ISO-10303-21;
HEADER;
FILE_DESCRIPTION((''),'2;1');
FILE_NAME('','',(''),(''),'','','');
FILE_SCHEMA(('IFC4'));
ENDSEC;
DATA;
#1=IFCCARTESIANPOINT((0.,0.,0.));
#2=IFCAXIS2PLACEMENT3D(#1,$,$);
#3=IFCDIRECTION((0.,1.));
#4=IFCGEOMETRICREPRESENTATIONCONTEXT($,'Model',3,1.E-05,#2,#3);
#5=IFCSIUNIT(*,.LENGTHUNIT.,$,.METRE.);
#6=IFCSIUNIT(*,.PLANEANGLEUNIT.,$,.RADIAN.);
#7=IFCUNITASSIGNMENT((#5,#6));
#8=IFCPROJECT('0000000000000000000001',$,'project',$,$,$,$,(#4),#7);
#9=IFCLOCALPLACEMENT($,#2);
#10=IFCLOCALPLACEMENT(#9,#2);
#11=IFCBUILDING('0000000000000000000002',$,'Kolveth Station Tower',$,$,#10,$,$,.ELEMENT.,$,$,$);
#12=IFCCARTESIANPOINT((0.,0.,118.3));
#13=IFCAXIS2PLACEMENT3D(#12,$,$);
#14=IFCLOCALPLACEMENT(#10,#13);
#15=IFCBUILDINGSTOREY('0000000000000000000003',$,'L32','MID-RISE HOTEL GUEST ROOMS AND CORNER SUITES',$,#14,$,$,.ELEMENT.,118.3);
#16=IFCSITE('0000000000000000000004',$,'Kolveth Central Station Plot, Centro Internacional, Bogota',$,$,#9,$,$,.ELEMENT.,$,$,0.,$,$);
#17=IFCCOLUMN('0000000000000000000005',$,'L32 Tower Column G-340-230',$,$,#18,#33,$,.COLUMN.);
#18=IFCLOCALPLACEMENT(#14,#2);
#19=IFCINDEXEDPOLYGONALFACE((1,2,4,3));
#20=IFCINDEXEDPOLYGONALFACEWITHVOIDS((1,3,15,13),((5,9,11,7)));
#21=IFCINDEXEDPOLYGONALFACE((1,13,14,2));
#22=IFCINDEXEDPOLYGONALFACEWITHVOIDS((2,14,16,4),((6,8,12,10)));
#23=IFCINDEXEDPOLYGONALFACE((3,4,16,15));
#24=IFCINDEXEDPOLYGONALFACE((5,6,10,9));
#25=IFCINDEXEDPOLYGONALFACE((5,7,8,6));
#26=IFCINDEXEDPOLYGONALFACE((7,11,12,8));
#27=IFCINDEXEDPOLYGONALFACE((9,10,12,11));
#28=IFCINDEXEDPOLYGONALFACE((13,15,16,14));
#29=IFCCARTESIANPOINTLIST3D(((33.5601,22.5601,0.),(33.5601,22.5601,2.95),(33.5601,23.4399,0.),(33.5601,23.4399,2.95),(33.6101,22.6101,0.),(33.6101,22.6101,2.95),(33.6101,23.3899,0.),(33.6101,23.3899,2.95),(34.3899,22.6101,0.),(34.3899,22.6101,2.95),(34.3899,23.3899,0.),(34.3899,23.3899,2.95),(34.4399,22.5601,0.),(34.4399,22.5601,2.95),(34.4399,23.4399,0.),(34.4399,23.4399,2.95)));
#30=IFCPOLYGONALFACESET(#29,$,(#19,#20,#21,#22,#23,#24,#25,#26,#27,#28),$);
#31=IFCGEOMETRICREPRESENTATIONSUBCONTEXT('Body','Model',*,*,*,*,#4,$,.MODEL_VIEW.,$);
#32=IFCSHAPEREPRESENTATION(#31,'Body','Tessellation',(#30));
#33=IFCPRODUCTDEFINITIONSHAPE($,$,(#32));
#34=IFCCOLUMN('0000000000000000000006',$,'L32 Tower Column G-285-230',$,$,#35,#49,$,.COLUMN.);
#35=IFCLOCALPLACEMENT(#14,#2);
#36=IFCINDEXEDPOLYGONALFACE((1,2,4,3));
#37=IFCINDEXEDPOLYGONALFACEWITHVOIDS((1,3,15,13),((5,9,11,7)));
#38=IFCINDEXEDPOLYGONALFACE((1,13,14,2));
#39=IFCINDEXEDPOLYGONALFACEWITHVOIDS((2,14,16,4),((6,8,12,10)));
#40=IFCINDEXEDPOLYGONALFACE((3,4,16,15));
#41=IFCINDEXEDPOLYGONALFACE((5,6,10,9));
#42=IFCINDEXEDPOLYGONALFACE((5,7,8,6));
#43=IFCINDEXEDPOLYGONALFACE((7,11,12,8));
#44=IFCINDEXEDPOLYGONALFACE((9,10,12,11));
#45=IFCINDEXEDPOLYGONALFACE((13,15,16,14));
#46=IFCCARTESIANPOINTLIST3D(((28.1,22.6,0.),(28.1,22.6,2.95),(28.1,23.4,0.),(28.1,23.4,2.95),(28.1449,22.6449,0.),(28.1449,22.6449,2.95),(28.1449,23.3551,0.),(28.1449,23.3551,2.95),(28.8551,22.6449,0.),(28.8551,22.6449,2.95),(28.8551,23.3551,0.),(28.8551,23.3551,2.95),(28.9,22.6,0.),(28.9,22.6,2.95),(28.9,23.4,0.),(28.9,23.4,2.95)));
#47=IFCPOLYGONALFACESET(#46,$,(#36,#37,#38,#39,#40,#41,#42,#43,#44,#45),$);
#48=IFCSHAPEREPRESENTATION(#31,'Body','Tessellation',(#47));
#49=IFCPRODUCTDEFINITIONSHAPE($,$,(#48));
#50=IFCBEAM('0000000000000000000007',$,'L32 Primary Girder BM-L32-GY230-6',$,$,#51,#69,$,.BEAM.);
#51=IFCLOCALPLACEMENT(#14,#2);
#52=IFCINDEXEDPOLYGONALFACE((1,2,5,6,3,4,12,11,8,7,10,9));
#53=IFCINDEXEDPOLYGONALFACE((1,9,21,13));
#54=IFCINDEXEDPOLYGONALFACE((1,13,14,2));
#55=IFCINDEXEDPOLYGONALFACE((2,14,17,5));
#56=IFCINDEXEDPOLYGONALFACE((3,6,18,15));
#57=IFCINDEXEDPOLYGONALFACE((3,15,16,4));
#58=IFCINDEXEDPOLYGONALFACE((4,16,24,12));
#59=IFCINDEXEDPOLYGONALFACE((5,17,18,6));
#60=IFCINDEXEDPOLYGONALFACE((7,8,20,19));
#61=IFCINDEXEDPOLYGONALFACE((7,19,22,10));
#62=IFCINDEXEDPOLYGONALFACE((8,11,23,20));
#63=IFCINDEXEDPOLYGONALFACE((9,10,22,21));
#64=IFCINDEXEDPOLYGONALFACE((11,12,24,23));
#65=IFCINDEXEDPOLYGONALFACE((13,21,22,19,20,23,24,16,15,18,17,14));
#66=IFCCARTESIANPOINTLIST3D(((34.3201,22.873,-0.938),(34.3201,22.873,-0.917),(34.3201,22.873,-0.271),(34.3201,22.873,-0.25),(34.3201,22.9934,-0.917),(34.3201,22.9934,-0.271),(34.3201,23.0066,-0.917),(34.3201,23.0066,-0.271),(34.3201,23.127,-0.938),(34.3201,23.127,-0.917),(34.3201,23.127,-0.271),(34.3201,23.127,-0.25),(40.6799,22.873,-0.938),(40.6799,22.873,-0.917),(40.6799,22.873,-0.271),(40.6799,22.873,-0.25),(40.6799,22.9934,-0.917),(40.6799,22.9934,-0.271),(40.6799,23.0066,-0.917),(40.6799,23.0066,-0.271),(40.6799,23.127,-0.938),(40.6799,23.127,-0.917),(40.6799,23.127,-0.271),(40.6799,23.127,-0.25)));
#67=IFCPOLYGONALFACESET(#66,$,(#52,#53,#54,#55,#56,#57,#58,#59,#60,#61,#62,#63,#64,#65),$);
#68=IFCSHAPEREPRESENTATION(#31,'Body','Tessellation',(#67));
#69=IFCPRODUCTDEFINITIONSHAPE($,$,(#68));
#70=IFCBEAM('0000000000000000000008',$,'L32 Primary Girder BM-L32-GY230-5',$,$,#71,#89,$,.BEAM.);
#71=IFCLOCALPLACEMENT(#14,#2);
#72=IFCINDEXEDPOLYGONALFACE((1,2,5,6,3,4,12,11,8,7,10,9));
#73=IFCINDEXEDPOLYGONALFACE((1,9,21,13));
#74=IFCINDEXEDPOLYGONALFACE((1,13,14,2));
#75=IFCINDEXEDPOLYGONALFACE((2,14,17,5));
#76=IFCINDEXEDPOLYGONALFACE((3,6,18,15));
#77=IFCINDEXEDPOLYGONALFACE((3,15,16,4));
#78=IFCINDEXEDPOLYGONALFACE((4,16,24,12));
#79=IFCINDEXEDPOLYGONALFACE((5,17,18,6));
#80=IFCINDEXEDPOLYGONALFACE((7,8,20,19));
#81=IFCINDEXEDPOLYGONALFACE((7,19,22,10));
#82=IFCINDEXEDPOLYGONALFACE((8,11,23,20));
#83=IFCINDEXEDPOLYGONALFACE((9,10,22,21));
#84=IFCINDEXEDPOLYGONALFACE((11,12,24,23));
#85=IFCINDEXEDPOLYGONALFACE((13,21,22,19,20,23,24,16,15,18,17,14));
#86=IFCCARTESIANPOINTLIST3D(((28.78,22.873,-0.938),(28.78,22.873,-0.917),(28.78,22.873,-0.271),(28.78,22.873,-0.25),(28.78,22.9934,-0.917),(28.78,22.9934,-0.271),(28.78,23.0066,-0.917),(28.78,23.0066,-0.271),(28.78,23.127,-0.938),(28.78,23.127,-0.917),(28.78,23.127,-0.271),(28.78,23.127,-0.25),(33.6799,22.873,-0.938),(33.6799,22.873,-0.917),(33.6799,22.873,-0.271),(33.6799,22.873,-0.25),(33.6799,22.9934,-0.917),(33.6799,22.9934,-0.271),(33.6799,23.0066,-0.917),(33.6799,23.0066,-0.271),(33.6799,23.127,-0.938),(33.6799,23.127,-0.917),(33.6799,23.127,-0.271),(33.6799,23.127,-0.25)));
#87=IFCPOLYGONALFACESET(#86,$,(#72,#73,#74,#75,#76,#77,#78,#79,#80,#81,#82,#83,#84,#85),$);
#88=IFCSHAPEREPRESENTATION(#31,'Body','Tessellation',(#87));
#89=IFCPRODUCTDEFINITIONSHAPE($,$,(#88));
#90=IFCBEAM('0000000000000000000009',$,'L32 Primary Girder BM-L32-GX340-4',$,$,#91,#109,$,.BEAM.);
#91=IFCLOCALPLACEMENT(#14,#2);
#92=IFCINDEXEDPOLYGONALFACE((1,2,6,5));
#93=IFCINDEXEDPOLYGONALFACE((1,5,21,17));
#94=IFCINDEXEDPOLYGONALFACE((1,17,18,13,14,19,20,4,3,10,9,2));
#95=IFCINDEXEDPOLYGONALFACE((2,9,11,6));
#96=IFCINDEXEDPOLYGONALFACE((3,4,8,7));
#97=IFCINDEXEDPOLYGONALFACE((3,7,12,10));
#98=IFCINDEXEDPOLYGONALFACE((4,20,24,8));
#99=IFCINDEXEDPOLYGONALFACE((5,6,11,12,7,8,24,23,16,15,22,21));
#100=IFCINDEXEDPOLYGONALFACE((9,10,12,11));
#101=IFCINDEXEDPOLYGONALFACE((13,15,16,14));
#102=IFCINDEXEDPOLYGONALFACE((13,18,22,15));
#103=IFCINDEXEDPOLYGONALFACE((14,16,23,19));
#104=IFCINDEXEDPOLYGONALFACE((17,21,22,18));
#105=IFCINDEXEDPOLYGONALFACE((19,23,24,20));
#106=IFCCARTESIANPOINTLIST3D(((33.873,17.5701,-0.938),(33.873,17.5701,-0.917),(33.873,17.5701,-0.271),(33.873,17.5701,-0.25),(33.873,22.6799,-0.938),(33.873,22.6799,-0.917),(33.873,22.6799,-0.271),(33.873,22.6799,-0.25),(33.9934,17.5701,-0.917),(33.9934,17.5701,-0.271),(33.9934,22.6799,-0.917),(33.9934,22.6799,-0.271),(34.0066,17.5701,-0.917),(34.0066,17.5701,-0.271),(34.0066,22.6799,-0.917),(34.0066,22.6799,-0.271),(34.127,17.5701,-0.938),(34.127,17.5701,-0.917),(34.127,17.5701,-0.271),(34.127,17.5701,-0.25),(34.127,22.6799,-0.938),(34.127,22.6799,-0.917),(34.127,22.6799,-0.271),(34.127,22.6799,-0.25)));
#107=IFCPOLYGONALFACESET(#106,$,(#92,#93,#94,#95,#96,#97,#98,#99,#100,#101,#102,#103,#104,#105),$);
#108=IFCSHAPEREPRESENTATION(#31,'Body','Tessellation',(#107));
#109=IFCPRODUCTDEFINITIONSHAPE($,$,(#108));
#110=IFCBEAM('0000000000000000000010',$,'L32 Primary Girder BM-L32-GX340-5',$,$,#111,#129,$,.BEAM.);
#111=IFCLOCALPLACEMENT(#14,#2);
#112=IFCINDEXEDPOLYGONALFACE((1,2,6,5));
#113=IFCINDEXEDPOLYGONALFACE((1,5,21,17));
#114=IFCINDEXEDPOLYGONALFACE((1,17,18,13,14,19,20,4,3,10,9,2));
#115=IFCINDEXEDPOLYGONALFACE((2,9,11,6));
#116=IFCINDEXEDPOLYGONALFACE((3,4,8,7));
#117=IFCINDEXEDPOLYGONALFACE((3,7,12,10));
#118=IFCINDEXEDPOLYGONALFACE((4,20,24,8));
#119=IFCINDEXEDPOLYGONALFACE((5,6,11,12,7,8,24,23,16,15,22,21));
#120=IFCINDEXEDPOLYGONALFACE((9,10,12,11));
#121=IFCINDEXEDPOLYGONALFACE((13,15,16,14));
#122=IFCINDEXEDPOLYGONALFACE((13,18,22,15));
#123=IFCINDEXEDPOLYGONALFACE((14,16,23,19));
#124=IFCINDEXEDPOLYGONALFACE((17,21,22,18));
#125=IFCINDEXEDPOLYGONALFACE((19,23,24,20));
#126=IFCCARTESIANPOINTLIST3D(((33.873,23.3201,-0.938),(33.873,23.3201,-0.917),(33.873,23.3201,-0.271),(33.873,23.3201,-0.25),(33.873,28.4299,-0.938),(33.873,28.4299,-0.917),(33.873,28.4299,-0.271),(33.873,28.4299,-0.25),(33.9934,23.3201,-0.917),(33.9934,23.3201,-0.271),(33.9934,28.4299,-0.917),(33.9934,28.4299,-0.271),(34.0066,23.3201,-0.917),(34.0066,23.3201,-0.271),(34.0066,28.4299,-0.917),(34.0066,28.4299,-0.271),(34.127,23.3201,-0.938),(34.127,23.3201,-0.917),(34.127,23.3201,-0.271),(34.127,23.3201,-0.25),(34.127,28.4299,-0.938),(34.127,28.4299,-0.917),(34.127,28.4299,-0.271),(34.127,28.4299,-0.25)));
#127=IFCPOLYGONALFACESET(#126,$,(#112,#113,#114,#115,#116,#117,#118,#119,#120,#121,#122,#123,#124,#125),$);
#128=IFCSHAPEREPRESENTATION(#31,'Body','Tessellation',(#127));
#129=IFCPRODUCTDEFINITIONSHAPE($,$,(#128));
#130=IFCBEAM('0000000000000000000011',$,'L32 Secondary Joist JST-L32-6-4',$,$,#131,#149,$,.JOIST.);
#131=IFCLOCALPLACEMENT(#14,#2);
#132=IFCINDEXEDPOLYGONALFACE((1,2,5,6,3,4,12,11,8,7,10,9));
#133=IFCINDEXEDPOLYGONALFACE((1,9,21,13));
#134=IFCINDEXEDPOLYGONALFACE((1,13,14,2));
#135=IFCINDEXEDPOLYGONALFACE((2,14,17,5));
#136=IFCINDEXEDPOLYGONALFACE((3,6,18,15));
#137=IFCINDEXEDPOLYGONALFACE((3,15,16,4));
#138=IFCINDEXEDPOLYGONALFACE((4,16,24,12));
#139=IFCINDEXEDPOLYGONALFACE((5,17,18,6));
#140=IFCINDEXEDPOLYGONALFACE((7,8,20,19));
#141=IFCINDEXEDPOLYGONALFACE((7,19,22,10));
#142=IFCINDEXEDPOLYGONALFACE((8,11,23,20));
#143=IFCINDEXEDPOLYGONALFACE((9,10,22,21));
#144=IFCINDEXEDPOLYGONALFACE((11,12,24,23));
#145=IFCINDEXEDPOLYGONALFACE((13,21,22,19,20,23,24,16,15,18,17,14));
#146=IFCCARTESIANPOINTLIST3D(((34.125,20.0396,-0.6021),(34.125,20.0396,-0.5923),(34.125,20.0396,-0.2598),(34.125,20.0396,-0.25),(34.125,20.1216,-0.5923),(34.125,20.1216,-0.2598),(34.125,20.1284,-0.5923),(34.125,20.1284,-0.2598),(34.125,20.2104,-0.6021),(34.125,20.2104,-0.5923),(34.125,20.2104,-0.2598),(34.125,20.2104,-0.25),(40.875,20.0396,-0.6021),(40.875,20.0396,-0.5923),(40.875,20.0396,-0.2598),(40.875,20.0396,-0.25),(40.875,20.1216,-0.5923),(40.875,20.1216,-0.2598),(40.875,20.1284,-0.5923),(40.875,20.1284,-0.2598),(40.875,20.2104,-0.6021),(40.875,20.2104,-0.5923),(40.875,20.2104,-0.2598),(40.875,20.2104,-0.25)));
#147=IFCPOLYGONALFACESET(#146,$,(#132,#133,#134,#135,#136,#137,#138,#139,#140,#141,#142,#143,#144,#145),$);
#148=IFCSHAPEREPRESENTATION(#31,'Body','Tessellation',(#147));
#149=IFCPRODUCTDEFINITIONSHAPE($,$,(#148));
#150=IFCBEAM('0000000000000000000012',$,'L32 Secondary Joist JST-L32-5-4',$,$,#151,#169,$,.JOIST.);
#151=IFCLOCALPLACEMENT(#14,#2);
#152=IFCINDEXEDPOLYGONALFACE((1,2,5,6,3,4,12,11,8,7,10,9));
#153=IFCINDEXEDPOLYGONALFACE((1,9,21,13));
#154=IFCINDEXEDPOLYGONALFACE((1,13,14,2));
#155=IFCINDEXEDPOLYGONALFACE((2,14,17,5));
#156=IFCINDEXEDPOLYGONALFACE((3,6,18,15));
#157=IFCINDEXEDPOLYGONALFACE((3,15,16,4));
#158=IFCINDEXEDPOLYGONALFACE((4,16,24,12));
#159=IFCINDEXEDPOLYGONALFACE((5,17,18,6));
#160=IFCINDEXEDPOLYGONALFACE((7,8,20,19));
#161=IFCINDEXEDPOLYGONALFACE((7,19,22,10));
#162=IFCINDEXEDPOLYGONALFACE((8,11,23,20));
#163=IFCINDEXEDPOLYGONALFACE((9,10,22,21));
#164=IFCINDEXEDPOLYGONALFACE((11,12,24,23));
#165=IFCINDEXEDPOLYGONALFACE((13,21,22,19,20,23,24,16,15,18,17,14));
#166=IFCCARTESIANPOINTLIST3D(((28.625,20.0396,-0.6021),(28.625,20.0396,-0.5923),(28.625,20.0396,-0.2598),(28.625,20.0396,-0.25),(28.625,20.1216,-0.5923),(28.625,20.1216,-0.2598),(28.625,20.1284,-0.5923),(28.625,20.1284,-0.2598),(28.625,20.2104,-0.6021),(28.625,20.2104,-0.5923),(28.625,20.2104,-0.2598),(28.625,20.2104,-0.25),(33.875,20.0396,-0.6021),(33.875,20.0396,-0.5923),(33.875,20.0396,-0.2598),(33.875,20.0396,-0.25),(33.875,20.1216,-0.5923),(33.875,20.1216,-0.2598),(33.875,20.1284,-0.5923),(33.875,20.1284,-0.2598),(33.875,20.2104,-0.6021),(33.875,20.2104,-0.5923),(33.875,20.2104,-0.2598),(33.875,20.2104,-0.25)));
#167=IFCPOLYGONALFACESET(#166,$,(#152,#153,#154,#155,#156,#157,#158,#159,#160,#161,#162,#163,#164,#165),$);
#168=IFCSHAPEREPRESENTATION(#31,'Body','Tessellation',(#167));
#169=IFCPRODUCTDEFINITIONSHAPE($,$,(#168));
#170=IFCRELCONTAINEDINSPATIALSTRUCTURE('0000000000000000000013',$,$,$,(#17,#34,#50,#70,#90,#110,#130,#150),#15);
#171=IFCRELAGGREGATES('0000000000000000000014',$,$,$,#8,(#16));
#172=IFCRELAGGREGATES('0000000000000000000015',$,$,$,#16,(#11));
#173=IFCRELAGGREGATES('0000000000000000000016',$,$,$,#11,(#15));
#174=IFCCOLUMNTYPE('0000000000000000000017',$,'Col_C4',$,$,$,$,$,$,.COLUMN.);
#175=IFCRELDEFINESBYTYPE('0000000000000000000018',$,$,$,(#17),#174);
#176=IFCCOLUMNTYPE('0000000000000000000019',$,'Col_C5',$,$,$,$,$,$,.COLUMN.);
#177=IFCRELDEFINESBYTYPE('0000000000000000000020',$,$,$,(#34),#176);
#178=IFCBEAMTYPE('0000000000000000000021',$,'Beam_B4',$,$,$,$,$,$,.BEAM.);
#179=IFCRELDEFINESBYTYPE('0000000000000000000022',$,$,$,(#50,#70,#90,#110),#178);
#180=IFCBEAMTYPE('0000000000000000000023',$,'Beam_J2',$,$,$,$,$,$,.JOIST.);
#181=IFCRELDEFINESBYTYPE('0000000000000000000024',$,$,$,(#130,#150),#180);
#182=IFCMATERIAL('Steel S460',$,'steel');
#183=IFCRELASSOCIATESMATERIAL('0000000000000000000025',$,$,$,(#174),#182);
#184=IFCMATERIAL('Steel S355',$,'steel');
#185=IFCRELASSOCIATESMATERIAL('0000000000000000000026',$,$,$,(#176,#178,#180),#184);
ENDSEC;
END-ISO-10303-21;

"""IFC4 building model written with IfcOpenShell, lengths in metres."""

from ifc_helpers import new_model, si_unit, direction, frame, origin, origin_2d, place, context, subcontext, project, spatial, hollow_rectangle, i_section, extrude, source, transform, mapped, material, material_profile, profile_set, type_object, element, save


model = new_model("IFC4")

# Units and contexts
model_context = context("Model", 3, precision=1e-05, world=origin(), true_north=direction((0.0, 1.0)))
body_context = subcontext(model_context, "Body", "Model", "MODEL_VIEW")
ifc_project = project(units=[si_unit("LENGTHUNIT", "METRE"), si_unit("PLANEANGLEUNIT", "RADIAN")], contexts=[model_context])

# Site, building, storey
site_placement = place(None, origin())
site = spatial("IfcSite", under=ifc_project, at=site_placement, Name="Kolveth Central Station Plot, Centro Internacional, Bogota", CompositionType="ELEMENT", RefElevation=0.0)
building_placement = place(site_placement, origin())
building = spatial("IfcBuilding", under=site, at=building_placement, Name="Kolveth Station Tower", CompositionType="ELEMENT")
storey_placement = place(building_placement, frame((0.0, 0.0, 118.3)))
storey = spatial("IfcBuildingStorey", under=building, at=storey_placement, Name="L32", Description="MID-RISE HOTEL GUEST ROOMS AND CORNER SUITES", CompositionType="ELEMENT", Elevation=118.3)

# Columns
ifc_material_1 = material(Name="Steel S460", Category="steel")
ifc_material_profile_1 = material_profile(ifc_material_1, hollow_rectangle(XDim=0.8799, YDim=0.8799, WallThickness=0.05, at=origin_2d()), Name="BOX880x880x50")
ifc_profile_set_1 = profile_set([ifc_material_profile_1], Name="Steel S460")
column_type_1 = type_object("IfcColumnType", Name="Col_C4", PredefinedType="COLUMN", material=ifc_profile_set_1)
shared_shape_1 = source(origin(), body_context, "Body", "SweptSolid", [
    extrude(hollow_rectangle(XDim=0.8799, YDim=0.8799, WallThickness=0.05, at=origin_2d()), origin(), (0.0, 0.0, 1.0), 2.95),
])
column_1_placement = place(storey_placement, frame((34.0, 23.0, 0.0), z_axis=(0.0, 0.0, 1.0), x_axis=(1.0, 0.0, 0.0)))
element("IfcColumn", 1, at=column_1_placement, inside=storey, type_object=column_type_1, Name="L32 Tower Column G-340-230", PredefinedType="COLUMN", context=body_context, shape_type="MappedRepresentation", body=[
    mapped(shared_shape_1, transform((0.0, 0.0, 0.0), x_axis=(1.0, 0.0, 0.0), y_axis=(0.0, 1.0, 0.0), z_axis=(0.0, 0.0, 1.0), scale=1.0)),
])
ifc_material_2 = material(Name="Steel S355", Category="steel")
ifc_material_profile_2 = material_profile(ifc_material_2, hollow_rectangle(XDim=0.8, YDim=0.8, WallThickness=0.0449, at=origin_2d()), Name="BOX800x800x45")
ifc_profile_set_2 = profile_set([ifc_material_profile_2], Name="Steel S355")
column_type_2 = type_object("IfcColumnType", Name="Col_C5", PredefinedType="COLUMN", material=ifc_profile_set_2)
shared_shape_2 = source(origin(), body_context, "Body", "SweptSolid", [
    extrude(hollow_rectangle(XDim=0.8, YDim=0.8, WallThickness=0.0449, at=origin_2d()), origin(), (0.0, 0.0, 1.0), 2.95),
])
column_2_placement = place(storey_placement, frame((28.5, 23.0, 0.0), z_axis=(0.0, 0.0, 1.0), x_axis=(1.0, 0.0, 0.0)))
element("IfcColumn", 2, at=column_2_placement, inside=storey, type_object=column_type_2, Name="L32 Tower Column G-285-230", PredefinedType="COLUMN", context=body_context, shape_type="MappedRepresentation", body=[
    mapped(shared_shape_2, transform((0.0, 0.0, 0.0), x_axis=(1.0, 0.0, 0.0), y_axis=(0.0, 1.0, 0.0), z_axis=(0.0, 0.0, 1.0), scale=1.0)),
])

# Beams
ifc_material_profile_3 = material_profile(ifc_material_2, i_section(OverallWidth=0.2539, OverallDepth=0.688, WebThickness=0.0132, FlangeThickness=0.021, at=origin_2d()), Name="W690x152")
ifc_profile_set_3 = profile_set([ifc_material_profile_3], Name="Steel S355")
beam_type_1 = type_object("IfcBeamType", Name="Beam_B4", PredefinedType="BEAM", material=ifc_profile_set_3)
shared_shape_3 = source(origin(), body_context, "Body", "SweptSolid", [
    extrude(i_section(OverallWidth=0.2539, OverallDepth=0.688, WebThickness=0.0132, FlangeThickness=0.021, at=origin_2d()), origin(), (0.0, 0.0, 1.0), 6.3599),
])
beam_1_placement = place(storey_placement, frame((34.3201, 23.0, -0.594), z_axis=(1.0, 0.0, 0.0), x_axis=(0.0, 1.0, 0.0)))
element("IfcBeam", 3, at=beam_1_placement, inside=storey, type_object=beam_type_1, Name="L32 Primary Girder BM-L32-GY230-6", PredefinedType="BEAM", context=body_context, shape_type="MappedRepresentation", body=[
    mapped(shared_shape_3, transform((0.0, 0.0, 0.0), x_axis=(1.0, 0.0, 0.0), y_axis=(0.0, 1.0, 0.0), z_axis=(0.0, 0.0, 1.0), scale=1.0)),
])
shared_shape_4 = source(origin(), body_context, "Body", "SweptSolid", [
    extrude(i_section(OverallWidth=0.2539, OverallDepth=0.688, WebThickness=0.0132, FlangeThickness=0.021, at=origin_2d()), origin(), (0.0, 0.0, 1.0), 4.8999),
])
beam_2_placement = place(storey_placement, frame((28.78, 23.0, -0.594), z_axis=(1.0, 0.0, 0.0), x_axis=(0.0, 1.0, 0.0)))
element("IfcBeam", 4, at=beam_2_placement, inside=storey, type_object=beam_type_1, Name="L32 Primary Girder BM-L32-GY230-5", PredefinedType="BEAM", context=body_context, shape_type="MappedRepresentation", body=[
    mapped(shared_shape_4, transform((0.0, 0.0, 0.0), x_axis=(1.0, 0.0, 0.0), y_axis=(0.0, 1.0, 0.0), z_axis=(0.0, 0.0, 1.0), scale=1.0)),
])
shared_shape_5 = source(origin(), body_context, "Body", "SweptSolid", [
    extrude(i_section(OverallWidth=0.2539, OverallDepth=0.688, WebThickness=0.0132, FlangeThickness=0.021, at=origin_2d()), origin(), (0.0, 0.0, 1.0), 5.1099),
])
for number, where, z_axis, x_axis, name in (
    (5, (34.0, 17.5701, -0.594), (0.0, 1.0, 0.0), (-1.0, 0.0, 0.0), "L32 Primary Girder BM-L32-GX340-4"),
    (6, (34.0, 23.3201, -0.594), (0.0, 1.0, 0.0), (-1.0, 0.0, 0.0), "L32 Primary Girder BM-L32-GX340-5"),
):
    element("IfcBeam", number, at=place(storey_placement, frame(where, z_axis=z_axis, x_axis=x_axis)), inside=storey, type_object=beam_type_1, Name=name, PredefinedType="BEAM", context=body_context, shape_type="MappedRepresentation", body=[
        mapped(shared_shape_5, transform((0.0, 0.0, 0.0), x_axis=(1.0, 0.0, 0.0), y_axis=(0.0, 1.0, 0.0), z_axis=(0.0, 0.0, 1.0), scale=1.0)),
    ])
ifc_material_profile_4 = material_profile(ifc_material_2, i_section(OverallWidth=0.1709, OverallDepth=0.3521, WebThickness=0.0068, FlangeThickness=0.0098, at=origin_2d()), Name="W360x44")
ifc_profile_set_4 = profile_set([ifc_material_profile_4], Name="Steel S355")
beam_type_2 = type_object("IfcBeamType", Name="Beam_J2", PredefinedType="JOIST", material=ifc_profile_set_4)
shared_shape_6 = source(origin(), body_context, "Body", "SweptSolid", [
    extrude(i_section(OverallWidth=0.1709, OverallDepth=0.3521, WebThickness=0.0068, FlangeThickness=0.0098, at=origin_2d()), origin(), (0.0, 0.0, 1.0), 6.75),
])
beam_3_placement = place(storey_placement, frame((34.125, 20.125, -0.426), z_axis=(1.0, 0.0, 0.0), x_axis=(0.0, 1.0, 0.0)))
element("IfcBeam", 7, at=beam_3_placement, inside=storey, type_object=beam_type_2, Name="L32 Secondary Joist JST-L32-6-4", PredefinedType="JOIST", context=body_context, shape_type="MappedRepresentation", body=[
    mapped(shared_shape_6, transform((0.0, 0.0, 0.0), x_axis=(1.0, 0.0, 0.0), y_axis=(0.0, 1.0, 0.0), z_axis=(0.0, 0.0, 1.0), scale=1.0)),
])
shared_shape_7 = source(origin(), body_context, "Body", "SweptSolid", [
    extrude(i_section(OverallWidth=0.1709, OverallDepth=0.3521, WebThickness=0.0068, FlangeThickness=0.0098, at=origin_2d()), origin(), (0.0, 0.0, 1.0), 5.25),
])
beam_4_placement = place(storey_placement, frame((28.625, 20.125, -0.426), z_axis=(1.0, 0.0, 0.0), x_axis=(0.0, 1.0, 0.0)))
element("IfcBeam", 8, at=beam_4_placement, inside=storey, type_object=beam_type_2, Name="L32 Secondary Joist JST-L32-5-4", PredefinedType="JOIST", context=body_context, shape_type="MappedRepresentation", body=[
    mapped(shared_shape_7, transform((0.0, 0.0, 0.0), x_axis=(1.0, 0.0, 0.0), y_axis=(0.0, 1.0, 0.0), z_axis=(0.0, 0.0, 1.0), scale=1.0)),
])

save(model, "model.ifc")
